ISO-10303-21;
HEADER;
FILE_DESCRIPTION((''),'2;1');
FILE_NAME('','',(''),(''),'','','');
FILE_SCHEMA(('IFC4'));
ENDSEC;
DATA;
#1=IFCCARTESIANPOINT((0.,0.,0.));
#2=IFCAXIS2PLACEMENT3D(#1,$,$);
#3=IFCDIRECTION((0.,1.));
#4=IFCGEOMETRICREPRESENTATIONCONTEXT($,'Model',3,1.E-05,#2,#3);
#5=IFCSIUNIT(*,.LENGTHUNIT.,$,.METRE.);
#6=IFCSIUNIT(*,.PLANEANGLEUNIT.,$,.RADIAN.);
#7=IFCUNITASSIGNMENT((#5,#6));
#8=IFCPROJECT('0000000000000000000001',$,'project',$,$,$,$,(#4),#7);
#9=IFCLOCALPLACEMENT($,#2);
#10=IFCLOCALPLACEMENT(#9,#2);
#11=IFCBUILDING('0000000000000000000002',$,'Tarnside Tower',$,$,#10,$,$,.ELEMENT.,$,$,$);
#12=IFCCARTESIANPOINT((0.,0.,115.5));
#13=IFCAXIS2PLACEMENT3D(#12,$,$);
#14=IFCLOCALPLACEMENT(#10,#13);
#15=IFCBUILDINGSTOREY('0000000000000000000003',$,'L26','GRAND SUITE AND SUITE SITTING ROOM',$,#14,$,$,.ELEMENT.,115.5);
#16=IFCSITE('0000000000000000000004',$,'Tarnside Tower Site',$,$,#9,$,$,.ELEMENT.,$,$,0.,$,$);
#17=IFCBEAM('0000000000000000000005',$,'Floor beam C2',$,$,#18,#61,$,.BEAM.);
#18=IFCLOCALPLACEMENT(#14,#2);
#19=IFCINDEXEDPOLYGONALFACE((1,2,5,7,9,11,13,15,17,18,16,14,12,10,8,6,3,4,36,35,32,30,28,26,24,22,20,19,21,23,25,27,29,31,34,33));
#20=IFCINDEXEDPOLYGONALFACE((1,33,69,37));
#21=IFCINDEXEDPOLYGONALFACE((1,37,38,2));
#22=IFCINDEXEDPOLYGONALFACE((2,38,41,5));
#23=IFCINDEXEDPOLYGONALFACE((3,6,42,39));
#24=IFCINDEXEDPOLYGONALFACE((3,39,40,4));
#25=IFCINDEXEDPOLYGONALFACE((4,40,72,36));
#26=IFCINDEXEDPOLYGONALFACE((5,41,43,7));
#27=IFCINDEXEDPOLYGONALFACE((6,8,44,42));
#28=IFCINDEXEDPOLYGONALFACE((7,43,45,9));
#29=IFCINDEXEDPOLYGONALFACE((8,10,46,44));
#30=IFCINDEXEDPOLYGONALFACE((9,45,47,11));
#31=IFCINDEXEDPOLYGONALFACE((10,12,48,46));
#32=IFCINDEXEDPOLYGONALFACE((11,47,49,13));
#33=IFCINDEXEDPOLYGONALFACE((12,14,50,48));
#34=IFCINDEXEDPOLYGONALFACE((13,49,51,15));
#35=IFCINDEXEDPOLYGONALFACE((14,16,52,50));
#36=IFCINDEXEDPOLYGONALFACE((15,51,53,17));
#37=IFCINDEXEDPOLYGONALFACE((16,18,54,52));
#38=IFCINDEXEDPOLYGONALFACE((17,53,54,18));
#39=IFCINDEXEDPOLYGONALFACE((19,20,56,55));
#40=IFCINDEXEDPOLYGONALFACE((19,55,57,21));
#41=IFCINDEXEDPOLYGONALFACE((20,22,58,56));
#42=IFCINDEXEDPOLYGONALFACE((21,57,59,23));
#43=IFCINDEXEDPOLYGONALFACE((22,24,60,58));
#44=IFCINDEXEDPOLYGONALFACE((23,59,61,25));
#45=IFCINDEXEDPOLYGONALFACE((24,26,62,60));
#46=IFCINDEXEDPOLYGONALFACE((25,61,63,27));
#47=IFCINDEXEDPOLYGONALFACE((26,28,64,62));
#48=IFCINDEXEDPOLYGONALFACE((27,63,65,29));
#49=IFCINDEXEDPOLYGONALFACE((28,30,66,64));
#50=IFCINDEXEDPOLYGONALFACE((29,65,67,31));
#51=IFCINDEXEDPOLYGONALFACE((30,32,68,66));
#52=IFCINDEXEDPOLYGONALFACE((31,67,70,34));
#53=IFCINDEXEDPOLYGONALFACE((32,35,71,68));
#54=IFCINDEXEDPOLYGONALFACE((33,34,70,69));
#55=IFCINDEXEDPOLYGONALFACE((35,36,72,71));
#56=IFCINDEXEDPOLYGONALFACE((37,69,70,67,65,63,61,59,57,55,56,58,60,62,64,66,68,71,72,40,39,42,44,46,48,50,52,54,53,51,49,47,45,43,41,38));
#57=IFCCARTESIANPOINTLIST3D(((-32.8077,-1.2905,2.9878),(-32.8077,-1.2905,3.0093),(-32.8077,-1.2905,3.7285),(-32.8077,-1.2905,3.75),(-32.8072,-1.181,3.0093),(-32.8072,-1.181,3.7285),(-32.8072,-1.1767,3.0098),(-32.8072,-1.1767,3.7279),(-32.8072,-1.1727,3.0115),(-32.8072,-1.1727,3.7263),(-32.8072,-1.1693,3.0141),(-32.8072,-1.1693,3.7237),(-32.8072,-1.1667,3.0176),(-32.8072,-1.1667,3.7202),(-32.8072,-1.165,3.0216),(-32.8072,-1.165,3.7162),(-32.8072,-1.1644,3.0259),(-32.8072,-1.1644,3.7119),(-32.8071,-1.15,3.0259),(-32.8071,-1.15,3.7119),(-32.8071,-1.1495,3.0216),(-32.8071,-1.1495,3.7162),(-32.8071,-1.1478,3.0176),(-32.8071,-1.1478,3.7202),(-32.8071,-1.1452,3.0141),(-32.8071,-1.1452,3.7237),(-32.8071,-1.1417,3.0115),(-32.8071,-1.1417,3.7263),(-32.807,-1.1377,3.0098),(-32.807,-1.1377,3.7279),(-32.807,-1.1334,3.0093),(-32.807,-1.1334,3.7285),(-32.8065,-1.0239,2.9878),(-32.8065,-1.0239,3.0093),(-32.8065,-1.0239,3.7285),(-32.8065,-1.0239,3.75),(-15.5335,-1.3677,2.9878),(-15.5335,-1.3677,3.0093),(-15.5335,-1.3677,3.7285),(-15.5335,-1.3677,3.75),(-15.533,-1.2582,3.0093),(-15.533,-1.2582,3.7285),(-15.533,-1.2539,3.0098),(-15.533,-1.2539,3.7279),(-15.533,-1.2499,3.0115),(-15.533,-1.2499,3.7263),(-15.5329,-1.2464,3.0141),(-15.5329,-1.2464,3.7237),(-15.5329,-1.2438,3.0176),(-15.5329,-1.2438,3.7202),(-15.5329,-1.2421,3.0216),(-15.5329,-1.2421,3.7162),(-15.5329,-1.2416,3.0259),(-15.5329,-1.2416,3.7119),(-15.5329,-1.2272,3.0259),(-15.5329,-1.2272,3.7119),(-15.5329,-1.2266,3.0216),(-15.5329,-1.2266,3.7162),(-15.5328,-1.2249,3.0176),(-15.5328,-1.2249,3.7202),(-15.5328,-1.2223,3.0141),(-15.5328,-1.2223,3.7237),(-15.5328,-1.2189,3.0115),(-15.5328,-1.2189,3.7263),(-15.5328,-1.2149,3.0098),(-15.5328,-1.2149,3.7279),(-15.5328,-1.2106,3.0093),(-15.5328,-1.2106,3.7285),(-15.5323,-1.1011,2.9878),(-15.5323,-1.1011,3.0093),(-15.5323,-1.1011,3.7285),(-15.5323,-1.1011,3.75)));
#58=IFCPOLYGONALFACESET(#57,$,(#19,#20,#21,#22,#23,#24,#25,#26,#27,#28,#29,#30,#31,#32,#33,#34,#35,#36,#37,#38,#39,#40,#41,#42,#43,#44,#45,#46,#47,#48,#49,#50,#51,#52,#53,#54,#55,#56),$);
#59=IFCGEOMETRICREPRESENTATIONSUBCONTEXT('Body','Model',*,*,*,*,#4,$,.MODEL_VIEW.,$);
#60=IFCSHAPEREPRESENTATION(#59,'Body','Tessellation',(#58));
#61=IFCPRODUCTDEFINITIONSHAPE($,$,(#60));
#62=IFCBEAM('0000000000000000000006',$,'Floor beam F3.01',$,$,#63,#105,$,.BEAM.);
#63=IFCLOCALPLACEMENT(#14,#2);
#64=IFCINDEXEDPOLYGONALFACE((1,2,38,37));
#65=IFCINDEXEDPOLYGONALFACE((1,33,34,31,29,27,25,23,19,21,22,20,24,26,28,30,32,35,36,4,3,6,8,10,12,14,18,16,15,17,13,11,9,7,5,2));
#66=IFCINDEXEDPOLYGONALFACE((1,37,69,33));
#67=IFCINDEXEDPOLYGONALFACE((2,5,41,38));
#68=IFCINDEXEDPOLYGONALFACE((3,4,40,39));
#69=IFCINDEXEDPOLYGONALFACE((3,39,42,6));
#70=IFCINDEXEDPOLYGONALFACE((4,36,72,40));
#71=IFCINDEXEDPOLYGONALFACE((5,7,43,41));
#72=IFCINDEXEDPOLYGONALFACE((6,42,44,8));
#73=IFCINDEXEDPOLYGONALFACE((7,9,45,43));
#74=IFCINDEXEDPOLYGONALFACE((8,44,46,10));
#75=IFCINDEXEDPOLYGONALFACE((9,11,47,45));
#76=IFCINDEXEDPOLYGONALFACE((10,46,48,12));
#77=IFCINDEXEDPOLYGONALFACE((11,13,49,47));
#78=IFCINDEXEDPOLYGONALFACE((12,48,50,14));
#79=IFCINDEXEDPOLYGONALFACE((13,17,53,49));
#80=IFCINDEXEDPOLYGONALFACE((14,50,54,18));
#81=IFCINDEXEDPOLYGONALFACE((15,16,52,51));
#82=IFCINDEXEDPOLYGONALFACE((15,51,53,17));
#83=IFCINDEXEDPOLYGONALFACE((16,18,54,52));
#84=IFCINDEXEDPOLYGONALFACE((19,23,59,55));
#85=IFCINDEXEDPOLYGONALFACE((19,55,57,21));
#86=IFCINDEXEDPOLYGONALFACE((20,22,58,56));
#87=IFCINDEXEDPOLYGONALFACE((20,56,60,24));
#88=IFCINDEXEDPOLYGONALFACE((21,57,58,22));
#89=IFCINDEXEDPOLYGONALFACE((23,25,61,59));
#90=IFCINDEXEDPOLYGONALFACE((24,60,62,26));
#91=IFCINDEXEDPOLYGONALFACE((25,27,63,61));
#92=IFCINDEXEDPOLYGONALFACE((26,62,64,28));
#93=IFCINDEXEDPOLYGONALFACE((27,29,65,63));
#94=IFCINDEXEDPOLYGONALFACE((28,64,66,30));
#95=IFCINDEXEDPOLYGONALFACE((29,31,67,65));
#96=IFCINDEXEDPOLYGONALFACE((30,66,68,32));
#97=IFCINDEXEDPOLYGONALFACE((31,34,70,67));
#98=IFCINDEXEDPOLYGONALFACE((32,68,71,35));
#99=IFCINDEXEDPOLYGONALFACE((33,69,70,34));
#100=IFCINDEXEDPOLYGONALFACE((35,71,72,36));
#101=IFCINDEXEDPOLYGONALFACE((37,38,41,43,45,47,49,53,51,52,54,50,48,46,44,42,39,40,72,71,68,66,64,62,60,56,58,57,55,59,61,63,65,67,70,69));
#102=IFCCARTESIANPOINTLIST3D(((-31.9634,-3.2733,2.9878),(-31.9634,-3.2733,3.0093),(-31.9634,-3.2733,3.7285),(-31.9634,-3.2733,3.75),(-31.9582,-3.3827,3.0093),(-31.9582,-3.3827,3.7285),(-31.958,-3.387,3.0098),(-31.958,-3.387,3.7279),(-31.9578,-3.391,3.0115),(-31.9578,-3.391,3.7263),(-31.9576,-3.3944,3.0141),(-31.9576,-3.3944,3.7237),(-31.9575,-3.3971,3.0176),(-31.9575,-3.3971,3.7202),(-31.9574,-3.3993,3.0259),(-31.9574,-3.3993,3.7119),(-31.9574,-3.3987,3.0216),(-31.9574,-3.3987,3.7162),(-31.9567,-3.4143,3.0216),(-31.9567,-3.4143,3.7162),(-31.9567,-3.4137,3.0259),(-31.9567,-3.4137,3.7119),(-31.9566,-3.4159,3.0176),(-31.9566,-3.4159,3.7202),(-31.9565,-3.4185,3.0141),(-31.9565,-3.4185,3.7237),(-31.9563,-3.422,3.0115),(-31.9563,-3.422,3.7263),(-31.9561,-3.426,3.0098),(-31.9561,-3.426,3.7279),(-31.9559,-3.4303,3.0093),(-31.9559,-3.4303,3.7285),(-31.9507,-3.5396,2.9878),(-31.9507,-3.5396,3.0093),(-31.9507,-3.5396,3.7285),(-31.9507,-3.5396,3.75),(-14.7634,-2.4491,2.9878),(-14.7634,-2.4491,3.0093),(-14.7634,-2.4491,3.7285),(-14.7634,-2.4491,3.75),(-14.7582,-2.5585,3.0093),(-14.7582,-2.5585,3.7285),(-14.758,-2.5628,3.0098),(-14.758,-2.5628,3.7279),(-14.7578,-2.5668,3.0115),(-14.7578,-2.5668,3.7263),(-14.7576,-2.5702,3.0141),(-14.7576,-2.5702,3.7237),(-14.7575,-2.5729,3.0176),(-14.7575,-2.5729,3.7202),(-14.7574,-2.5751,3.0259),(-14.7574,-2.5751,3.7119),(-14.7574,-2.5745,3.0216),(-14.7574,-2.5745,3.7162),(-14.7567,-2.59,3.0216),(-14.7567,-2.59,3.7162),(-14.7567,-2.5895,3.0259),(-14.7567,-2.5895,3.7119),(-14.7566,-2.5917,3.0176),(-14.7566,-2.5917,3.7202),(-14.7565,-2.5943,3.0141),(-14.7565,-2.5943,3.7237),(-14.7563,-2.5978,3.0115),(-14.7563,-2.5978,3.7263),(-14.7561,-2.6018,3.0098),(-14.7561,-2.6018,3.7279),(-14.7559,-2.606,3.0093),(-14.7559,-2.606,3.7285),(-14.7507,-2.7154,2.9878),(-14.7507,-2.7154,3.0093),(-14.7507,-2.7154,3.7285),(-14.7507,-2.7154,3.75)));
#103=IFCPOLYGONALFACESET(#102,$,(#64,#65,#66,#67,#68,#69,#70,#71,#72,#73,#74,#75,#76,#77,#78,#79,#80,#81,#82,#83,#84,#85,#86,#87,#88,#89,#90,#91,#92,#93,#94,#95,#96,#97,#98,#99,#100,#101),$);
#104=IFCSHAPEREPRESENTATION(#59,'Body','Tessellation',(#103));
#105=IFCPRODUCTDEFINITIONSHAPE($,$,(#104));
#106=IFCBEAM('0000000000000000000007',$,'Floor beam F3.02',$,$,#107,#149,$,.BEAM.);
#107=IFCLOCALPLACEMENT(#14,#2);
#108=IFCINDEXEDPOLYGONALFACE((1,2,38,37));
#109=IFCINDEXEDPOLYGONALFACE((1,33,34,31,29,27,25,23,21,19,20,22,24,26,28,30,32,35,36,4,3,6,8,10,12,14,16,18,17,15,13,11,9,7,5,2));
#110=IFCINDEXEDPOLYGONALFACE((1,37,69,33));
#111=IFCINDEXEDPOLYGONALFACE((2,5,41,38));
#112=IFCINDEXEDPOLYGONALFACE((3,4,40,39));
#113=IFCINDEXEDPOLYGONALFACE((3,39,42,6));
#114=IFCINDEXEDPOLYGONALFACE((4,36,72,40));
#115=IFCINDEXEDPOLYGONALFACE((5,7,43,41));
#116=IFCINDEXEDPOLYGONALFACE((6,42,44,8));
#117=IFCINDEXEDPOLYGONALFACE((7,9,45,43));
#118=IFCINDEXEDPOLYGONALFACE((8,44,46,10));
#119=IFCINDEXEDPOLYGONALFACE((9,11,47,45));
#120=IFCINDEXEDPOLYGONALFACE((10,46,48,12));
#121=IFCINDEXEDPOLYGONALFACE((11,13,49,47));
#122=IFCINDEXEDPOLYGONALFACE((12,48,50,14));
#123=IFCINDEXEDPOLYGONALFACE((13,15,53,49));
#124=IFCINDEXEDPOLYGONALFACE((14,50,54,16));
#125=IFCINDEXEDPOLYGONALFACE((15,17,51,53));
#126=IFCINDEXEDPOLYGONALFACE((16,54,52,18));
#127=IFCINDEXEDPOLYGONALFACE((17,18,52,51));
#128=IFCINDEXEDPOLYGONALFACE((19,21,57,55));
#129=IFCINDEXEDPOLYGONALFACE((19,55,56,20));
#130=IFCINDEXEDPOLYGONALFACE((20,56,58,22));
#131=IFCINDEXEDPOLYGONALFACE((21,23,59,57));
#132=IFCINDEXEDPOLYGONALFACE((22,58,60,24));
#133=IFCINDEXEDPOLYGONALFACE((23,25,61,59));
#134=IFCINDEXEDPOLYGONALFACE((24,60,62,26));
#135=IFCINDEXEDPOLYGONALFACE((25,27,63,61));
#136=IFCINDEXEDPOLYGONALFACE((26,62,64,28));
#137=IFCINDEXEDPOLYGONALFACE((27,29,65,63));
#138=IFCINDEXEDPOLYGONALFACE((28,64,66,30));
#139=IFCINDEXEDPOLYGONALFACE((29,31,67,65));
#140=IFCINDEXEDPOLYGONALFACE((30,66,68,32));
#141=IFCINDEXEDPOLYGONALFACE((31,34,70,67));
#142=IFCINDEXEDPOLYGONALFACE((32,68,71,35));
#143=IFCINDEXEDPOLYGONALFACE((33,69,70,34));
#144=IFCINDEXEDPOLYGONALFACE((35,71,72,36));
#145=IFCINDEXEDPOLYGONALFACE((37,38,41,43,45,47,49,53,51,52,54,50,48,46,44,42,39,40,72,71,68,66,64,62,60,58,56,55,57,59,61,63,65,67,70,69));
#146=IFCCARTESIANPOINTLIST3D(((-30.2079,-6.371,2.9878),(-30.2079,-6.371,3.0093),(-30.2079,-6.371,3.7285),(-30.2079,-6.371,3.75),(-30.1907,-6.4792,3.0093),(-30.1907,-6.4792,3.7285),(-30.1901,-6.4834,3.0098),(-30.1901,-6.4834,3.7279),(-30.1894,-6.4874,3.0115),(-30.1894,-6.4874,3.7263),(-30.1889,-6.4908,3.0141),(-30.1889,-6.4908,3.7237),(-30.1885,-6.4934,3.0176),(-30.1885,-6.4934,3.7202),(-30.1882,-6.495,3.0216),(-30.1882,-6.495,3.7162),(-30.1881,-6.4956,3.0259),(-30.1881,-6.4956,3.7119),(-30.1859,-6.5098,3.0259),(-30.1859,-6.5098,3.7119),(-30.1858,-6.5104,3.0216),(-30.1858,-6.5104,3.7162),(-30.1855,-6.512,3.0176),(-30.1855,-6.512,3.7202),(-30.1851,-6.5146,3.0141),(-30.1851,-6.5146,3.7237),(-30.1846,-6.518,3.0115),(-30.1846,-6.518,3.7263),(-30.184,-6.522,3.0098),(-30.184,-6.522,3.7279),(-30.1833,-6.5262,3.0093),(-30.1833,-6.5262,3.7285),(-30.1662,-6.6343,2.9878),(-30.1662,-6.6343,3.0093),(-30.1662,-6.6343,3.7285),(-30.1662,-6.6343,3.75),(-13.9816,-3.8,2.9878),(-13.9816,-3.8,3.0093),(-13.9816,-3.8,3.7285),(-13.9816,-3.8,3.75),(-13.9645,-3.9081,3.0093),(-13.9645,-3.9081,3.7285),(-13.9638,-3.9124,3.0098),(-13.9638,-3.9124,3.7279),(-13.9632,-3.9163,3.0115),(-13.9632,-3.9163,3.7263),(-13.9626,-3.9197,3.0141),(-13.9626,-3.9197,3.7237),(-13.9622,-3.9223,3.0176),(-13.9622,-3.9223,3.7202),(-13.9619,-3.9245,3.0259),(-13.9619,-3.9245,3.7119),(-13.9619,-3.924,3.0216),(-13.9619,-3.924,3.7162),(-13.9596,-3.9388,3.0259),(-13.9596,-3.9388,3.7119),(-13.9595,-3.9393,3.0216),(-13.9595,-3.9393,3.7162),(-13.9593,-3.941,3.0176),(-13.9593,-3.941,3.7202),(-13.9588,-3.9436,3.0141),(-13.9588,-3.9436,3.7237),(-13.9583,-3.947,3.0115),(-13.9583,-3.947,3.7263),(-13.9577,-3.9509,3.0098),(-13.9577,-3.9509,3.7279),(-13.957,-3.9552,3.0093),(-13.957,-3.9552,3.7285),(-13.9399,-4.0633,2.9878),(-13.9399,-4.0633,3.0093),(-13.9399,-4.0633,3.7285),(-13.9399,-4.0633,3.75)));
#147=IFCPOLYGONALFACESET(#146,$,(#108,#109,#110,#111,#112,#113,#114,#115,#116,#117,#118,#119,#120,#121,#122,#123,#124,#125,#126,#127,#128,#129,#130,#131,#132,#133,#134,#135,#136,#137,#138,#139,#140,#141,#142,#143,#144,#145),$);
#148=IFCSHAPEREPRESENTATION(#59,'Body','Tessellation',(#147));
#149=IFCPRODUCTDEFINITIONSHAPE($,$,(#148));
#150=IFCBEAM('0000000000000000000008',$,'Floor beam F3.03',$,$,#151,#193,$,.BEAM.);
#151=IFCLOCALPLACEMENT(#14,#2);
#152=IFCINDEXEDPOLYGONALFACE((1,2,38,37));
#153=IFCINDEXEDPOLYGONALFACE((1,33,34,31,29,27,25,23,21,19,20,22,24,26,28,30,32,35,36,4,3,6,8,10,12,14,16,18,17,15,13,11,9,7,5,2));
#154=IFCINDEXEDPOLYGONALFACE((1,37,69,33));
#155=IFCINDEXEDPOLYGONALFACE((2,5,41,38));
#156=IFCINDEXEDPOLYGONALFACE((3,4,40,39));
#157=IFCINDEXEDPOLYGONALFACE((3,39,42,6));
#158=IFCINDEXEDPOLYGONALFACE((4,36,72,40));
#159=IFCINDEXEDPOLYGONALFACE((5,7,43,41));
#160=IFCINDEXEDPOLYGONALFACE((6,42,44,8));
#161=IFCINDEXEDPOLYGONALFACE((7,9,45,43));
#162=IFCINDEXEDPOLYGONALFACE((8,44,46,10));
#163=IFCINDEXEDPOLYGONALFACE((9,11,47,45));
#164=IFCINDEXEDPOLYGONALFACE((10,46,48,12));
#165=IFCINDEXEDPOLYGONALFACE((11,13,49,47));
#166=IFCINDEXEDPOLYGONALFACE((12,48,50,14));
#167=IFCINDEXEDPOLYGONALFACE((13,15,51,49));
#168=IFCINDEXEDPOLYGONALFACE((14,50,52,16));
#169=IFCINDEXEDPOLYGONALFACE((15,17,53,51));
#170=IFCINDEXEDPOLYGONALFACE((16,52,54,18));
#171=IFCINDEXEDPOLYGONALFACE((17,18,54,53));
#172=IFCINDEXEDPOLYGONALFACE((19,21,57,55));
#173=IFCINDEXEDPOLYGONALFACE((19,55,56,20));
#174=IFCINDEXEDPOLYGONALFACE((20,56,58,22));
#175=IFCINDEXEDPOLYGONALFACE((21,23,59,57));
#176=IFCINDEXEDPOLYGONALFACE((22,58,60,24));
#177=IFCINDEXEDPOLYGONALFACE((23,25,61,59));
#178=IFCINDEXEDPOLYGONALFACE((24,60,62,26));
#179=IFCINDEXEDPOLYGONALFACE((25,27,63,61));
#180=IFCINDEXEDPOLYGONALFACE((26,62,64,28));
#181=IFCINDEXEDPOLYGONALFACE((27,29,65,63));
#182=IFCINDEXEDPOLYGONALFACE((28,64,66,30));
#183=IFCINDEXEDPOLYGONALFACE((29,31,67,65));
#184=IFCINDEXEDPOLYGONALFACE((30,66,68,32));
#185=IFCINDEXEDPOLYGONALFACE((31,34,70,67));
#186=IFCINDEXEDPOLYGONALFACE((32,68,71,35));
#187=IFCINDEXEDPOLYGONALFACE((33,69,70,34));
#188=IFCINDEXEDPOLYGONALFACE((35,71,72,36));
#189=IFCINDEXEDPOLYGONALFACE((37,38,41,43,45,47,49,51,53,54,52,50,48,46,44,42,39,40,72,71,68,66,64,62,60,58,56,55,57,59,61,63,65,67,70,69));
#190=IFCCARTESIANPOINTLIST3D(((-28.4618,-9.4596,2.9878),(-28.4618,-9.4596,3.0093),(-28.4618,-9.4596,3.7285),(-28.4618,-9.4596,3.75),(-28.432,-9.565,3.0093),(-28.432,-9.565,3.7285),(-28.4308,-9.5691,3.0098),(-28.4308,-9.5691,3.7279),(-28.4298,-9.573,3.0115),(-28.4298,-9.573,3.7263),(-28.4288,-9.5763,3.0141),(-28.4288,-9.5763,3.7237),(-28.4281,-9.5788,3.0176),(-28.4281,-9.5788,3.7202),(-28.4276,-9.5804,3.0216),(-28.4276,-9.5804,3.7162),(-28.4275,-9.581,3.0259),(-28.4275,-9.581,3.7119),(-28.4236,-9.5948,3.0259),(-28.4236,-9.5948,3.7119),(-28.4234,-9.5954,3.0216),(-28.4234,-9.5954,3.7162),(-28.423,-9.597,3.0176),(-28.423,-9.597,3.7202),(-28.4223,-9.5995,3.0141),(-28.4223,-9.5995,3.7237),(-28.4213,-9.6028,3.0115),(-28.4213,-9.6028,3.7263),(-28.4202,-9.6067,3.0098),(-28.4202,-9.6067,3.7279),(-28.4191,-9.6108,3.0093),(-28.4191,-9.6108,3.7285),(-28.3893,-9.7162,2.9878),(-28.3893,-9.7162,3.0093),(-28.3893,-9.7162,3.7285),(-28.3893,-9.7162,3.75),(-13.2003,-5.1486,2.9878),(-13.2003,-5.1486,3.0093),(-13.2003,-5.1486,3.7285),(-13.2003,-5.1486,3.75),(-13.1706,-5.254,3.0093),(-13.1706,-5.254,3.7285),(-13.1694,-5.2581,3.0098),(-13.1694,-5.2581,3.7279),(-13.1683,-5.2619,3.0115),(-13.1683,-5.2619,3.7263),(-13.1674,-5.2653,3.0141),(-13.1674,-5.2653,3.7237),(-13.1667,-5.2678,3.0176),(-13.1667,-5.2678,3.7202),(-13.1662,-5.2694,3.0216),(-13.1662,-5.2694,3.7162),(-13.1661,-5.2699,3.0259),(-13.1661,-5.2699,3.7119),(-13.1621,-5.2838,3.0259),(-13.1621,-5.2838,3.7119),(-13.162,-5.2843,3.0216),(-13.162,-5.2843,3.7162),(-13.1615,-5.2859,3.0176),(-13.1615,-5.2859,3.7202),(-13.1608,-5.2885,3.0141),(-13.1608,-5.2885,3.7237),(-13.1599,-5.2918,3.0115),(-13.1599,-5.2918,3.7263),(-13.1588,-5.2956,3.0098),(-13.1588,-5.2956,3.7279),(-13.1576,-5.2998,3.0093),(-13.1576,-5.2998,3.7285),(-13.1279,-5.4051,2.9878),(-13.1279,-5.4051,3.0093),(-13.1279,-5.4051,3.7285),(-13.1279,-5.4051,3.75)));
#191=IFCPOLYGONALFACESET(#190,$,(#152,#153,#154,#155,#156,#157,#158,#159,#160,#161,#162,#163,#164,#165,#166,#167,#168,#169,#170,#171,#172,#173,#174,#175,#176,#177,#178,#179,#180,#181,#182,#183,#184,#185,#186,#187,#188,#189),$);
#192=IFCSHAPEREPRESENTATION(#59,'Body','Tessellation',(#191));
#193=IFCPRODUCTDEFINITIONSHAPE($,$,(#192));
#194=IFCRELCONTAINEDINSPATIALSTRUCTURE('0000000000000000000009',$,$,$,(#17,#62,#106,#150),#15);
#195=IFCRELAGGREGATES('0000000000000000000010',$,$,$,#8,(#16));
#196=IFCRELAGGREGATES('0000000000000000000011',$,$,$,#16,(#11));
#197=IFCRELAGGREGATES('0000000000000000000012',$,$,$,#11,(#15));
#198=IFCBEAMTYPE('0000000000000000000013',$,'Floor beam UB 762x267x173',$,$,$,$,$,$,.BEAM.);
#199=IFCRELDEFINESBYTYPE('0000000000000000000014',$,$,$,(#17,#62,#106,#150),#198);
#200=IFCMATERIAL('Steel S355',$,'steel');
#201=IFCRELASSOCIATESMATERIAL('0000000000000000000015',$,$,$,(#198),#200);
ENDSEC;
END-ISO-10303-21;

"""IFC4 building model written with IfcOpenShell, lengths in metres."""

from ifc_helpers import new_model, si_unit, direction, frame, origin, origin_2d, place, context, subcontext, project, spatial, i_section, extrude, material, material_profile, profile_set, type_object, element, save


model = new_model("IFC4")

# Units and contexts
model_context = context("Model", 3, precision=1e-05, world=origin(), true_north=direction((0.0, 1.0)))
body_context = subcontext(model_context, "Body", "Model", "MODEL_VIEW")
ifc_project = project(units=[si_unit("LENGTHUNIT", "METRE"), si_unit("PLANEANGLEUNIT", "RADIAN")], contexts=[model_context])

# Site, building, storey
site_placement = place(None, origin())
site = spatial("IfcSite", under=ifc_project, at=site_placement, Name="Tarnside Tower Site", CompositionType="ELEMENT", RefElevation=0.0)
building_placement = place(site_placement, origin())
building = spatial("IfcBuilding", under=site, at=building_placement, Name="Tarnside Tower", CompositionType="ELEMENT")
storey_placement = place(building_placement, frame((0.0, 0.0, 115.5)))
storey = spatial("IfcBuildingStorey", under=building, at=storey_placement, Name="L26", Description="GRAND SUITE AND SUITE SITTING ROOM", CompositionType="ELEMENT", Elevation=115.5)

# Beams
ifc_material_1 = material(Name="Steel S355", Category="steel")
ifc_material_profile = material_profile(ifc_material_1, i_section(OverallWidth=0.2666, OverallDepth=0.7622, WebThickness=0.0144, FlangeThickness=0.0215, FilletRadius=0.0166, at=origin_2d()), Name="UB 762x267x173")
ifc_profile_set = profile_set([ifc_material_profile], Name="Steel S355")
beam_type = type_object("IfcBeamType", Name="Floor beam UB 762x267x173", PredefinedType="BEAM", material=ifc_profile_set)
beam_1_placement = place(storey_placement, frame((-32.8071, -1.1572, 3.3689), z_axis=(0.99999, -0.004466, 0.0), x_axis=(0.004466, 0.99999, 0.0)))
element("IfcBeam", 1, at=beam_1_placement, inside=storey, type_object=beam_type, Name="Floor beam C2", PredefinedType="BEAM", context=body_context, shape_type="SweptSolid", body=[
    extrude(i_section(OverallWidth=0.2666, OverallDepth=0.7622, WebThickness=0.0144, FlangeThickness=0.0215, FilletRadius=0.0166, at=origin_2d()), origin(), (0.0, 0.0, 1.0), 17.2744),
])
beam_2_placement = place(storey_placement, frame((-31.957, -3.4065, 3.3689), z_axis=(0.998854, 0.047865, 0.0), x_axis=(-0.047865, 0.998854, 0.0)))
element("IfcBeam", 2, at=beam_2_placement, inside=storey, type_object=beam_type, Name="Floor beam F3.01", PredefinedType="BEAM", context=body_context, shape_type="SweptSolid", body=[
    extrude(i_section(OverallWidth=0.2666, OverallDepth=0.7622, WebThickness=0.0144, FlangeThickness=0.0215, FilletRadius=0.0166, at=origin_2d()), origin(), (0.0, 0.0, 1.0), 17.2197),
])
beam_3_placement = place(storey_placement, frame((-30.187, -6.5027, 3.3689), z_axis=(0.987678, 0.156497, 0.0), x_axis=(-0.156497, 0.987678, 0.0)))
element("IfcBeam", 3, at=beam_3_placement, inside=storey, type_object=beam_type, Name="Floor beam F3.02", PredefinedType="BEAM", context=body_context, shape_type="SweptSolid", body=[
    extrude(i_section(OverallWidth=0.2666, OverallDepth=0.7622, WebThickness=0.0144, FlangeThickness=0.0215, FilletRadius=0.0166, at=origin_2d()), origin(), (0.0, 0.0, 1.0), 16.4287),
])
beam_4_placement = place(storey_placement, frame((-28.4255, -9.5879, 3.3689), z_axis=(0.962342, 0.271841, 0.0), x_axis=(-0.271841, 0.962342, 0.0)))
element("IfcBeam", 4, at=beam_4_placement, inside=storey, type_object=beam_type, Name="Floor beam F3.03", PredefinedType="BEAM", context=body_context, shape_type="SweptSolid", body=[
    extrude(i_section(OverallWidth=0.2666, OverallDepth=0.7622, WebThickness=0.0144, FlangeThickness=0.0215, FilletRadius=0.0166, at=origin_2d()), origin(), (0.0, 0.0, 1.0), 15.8586),
])

save(model, "model.ifc")
